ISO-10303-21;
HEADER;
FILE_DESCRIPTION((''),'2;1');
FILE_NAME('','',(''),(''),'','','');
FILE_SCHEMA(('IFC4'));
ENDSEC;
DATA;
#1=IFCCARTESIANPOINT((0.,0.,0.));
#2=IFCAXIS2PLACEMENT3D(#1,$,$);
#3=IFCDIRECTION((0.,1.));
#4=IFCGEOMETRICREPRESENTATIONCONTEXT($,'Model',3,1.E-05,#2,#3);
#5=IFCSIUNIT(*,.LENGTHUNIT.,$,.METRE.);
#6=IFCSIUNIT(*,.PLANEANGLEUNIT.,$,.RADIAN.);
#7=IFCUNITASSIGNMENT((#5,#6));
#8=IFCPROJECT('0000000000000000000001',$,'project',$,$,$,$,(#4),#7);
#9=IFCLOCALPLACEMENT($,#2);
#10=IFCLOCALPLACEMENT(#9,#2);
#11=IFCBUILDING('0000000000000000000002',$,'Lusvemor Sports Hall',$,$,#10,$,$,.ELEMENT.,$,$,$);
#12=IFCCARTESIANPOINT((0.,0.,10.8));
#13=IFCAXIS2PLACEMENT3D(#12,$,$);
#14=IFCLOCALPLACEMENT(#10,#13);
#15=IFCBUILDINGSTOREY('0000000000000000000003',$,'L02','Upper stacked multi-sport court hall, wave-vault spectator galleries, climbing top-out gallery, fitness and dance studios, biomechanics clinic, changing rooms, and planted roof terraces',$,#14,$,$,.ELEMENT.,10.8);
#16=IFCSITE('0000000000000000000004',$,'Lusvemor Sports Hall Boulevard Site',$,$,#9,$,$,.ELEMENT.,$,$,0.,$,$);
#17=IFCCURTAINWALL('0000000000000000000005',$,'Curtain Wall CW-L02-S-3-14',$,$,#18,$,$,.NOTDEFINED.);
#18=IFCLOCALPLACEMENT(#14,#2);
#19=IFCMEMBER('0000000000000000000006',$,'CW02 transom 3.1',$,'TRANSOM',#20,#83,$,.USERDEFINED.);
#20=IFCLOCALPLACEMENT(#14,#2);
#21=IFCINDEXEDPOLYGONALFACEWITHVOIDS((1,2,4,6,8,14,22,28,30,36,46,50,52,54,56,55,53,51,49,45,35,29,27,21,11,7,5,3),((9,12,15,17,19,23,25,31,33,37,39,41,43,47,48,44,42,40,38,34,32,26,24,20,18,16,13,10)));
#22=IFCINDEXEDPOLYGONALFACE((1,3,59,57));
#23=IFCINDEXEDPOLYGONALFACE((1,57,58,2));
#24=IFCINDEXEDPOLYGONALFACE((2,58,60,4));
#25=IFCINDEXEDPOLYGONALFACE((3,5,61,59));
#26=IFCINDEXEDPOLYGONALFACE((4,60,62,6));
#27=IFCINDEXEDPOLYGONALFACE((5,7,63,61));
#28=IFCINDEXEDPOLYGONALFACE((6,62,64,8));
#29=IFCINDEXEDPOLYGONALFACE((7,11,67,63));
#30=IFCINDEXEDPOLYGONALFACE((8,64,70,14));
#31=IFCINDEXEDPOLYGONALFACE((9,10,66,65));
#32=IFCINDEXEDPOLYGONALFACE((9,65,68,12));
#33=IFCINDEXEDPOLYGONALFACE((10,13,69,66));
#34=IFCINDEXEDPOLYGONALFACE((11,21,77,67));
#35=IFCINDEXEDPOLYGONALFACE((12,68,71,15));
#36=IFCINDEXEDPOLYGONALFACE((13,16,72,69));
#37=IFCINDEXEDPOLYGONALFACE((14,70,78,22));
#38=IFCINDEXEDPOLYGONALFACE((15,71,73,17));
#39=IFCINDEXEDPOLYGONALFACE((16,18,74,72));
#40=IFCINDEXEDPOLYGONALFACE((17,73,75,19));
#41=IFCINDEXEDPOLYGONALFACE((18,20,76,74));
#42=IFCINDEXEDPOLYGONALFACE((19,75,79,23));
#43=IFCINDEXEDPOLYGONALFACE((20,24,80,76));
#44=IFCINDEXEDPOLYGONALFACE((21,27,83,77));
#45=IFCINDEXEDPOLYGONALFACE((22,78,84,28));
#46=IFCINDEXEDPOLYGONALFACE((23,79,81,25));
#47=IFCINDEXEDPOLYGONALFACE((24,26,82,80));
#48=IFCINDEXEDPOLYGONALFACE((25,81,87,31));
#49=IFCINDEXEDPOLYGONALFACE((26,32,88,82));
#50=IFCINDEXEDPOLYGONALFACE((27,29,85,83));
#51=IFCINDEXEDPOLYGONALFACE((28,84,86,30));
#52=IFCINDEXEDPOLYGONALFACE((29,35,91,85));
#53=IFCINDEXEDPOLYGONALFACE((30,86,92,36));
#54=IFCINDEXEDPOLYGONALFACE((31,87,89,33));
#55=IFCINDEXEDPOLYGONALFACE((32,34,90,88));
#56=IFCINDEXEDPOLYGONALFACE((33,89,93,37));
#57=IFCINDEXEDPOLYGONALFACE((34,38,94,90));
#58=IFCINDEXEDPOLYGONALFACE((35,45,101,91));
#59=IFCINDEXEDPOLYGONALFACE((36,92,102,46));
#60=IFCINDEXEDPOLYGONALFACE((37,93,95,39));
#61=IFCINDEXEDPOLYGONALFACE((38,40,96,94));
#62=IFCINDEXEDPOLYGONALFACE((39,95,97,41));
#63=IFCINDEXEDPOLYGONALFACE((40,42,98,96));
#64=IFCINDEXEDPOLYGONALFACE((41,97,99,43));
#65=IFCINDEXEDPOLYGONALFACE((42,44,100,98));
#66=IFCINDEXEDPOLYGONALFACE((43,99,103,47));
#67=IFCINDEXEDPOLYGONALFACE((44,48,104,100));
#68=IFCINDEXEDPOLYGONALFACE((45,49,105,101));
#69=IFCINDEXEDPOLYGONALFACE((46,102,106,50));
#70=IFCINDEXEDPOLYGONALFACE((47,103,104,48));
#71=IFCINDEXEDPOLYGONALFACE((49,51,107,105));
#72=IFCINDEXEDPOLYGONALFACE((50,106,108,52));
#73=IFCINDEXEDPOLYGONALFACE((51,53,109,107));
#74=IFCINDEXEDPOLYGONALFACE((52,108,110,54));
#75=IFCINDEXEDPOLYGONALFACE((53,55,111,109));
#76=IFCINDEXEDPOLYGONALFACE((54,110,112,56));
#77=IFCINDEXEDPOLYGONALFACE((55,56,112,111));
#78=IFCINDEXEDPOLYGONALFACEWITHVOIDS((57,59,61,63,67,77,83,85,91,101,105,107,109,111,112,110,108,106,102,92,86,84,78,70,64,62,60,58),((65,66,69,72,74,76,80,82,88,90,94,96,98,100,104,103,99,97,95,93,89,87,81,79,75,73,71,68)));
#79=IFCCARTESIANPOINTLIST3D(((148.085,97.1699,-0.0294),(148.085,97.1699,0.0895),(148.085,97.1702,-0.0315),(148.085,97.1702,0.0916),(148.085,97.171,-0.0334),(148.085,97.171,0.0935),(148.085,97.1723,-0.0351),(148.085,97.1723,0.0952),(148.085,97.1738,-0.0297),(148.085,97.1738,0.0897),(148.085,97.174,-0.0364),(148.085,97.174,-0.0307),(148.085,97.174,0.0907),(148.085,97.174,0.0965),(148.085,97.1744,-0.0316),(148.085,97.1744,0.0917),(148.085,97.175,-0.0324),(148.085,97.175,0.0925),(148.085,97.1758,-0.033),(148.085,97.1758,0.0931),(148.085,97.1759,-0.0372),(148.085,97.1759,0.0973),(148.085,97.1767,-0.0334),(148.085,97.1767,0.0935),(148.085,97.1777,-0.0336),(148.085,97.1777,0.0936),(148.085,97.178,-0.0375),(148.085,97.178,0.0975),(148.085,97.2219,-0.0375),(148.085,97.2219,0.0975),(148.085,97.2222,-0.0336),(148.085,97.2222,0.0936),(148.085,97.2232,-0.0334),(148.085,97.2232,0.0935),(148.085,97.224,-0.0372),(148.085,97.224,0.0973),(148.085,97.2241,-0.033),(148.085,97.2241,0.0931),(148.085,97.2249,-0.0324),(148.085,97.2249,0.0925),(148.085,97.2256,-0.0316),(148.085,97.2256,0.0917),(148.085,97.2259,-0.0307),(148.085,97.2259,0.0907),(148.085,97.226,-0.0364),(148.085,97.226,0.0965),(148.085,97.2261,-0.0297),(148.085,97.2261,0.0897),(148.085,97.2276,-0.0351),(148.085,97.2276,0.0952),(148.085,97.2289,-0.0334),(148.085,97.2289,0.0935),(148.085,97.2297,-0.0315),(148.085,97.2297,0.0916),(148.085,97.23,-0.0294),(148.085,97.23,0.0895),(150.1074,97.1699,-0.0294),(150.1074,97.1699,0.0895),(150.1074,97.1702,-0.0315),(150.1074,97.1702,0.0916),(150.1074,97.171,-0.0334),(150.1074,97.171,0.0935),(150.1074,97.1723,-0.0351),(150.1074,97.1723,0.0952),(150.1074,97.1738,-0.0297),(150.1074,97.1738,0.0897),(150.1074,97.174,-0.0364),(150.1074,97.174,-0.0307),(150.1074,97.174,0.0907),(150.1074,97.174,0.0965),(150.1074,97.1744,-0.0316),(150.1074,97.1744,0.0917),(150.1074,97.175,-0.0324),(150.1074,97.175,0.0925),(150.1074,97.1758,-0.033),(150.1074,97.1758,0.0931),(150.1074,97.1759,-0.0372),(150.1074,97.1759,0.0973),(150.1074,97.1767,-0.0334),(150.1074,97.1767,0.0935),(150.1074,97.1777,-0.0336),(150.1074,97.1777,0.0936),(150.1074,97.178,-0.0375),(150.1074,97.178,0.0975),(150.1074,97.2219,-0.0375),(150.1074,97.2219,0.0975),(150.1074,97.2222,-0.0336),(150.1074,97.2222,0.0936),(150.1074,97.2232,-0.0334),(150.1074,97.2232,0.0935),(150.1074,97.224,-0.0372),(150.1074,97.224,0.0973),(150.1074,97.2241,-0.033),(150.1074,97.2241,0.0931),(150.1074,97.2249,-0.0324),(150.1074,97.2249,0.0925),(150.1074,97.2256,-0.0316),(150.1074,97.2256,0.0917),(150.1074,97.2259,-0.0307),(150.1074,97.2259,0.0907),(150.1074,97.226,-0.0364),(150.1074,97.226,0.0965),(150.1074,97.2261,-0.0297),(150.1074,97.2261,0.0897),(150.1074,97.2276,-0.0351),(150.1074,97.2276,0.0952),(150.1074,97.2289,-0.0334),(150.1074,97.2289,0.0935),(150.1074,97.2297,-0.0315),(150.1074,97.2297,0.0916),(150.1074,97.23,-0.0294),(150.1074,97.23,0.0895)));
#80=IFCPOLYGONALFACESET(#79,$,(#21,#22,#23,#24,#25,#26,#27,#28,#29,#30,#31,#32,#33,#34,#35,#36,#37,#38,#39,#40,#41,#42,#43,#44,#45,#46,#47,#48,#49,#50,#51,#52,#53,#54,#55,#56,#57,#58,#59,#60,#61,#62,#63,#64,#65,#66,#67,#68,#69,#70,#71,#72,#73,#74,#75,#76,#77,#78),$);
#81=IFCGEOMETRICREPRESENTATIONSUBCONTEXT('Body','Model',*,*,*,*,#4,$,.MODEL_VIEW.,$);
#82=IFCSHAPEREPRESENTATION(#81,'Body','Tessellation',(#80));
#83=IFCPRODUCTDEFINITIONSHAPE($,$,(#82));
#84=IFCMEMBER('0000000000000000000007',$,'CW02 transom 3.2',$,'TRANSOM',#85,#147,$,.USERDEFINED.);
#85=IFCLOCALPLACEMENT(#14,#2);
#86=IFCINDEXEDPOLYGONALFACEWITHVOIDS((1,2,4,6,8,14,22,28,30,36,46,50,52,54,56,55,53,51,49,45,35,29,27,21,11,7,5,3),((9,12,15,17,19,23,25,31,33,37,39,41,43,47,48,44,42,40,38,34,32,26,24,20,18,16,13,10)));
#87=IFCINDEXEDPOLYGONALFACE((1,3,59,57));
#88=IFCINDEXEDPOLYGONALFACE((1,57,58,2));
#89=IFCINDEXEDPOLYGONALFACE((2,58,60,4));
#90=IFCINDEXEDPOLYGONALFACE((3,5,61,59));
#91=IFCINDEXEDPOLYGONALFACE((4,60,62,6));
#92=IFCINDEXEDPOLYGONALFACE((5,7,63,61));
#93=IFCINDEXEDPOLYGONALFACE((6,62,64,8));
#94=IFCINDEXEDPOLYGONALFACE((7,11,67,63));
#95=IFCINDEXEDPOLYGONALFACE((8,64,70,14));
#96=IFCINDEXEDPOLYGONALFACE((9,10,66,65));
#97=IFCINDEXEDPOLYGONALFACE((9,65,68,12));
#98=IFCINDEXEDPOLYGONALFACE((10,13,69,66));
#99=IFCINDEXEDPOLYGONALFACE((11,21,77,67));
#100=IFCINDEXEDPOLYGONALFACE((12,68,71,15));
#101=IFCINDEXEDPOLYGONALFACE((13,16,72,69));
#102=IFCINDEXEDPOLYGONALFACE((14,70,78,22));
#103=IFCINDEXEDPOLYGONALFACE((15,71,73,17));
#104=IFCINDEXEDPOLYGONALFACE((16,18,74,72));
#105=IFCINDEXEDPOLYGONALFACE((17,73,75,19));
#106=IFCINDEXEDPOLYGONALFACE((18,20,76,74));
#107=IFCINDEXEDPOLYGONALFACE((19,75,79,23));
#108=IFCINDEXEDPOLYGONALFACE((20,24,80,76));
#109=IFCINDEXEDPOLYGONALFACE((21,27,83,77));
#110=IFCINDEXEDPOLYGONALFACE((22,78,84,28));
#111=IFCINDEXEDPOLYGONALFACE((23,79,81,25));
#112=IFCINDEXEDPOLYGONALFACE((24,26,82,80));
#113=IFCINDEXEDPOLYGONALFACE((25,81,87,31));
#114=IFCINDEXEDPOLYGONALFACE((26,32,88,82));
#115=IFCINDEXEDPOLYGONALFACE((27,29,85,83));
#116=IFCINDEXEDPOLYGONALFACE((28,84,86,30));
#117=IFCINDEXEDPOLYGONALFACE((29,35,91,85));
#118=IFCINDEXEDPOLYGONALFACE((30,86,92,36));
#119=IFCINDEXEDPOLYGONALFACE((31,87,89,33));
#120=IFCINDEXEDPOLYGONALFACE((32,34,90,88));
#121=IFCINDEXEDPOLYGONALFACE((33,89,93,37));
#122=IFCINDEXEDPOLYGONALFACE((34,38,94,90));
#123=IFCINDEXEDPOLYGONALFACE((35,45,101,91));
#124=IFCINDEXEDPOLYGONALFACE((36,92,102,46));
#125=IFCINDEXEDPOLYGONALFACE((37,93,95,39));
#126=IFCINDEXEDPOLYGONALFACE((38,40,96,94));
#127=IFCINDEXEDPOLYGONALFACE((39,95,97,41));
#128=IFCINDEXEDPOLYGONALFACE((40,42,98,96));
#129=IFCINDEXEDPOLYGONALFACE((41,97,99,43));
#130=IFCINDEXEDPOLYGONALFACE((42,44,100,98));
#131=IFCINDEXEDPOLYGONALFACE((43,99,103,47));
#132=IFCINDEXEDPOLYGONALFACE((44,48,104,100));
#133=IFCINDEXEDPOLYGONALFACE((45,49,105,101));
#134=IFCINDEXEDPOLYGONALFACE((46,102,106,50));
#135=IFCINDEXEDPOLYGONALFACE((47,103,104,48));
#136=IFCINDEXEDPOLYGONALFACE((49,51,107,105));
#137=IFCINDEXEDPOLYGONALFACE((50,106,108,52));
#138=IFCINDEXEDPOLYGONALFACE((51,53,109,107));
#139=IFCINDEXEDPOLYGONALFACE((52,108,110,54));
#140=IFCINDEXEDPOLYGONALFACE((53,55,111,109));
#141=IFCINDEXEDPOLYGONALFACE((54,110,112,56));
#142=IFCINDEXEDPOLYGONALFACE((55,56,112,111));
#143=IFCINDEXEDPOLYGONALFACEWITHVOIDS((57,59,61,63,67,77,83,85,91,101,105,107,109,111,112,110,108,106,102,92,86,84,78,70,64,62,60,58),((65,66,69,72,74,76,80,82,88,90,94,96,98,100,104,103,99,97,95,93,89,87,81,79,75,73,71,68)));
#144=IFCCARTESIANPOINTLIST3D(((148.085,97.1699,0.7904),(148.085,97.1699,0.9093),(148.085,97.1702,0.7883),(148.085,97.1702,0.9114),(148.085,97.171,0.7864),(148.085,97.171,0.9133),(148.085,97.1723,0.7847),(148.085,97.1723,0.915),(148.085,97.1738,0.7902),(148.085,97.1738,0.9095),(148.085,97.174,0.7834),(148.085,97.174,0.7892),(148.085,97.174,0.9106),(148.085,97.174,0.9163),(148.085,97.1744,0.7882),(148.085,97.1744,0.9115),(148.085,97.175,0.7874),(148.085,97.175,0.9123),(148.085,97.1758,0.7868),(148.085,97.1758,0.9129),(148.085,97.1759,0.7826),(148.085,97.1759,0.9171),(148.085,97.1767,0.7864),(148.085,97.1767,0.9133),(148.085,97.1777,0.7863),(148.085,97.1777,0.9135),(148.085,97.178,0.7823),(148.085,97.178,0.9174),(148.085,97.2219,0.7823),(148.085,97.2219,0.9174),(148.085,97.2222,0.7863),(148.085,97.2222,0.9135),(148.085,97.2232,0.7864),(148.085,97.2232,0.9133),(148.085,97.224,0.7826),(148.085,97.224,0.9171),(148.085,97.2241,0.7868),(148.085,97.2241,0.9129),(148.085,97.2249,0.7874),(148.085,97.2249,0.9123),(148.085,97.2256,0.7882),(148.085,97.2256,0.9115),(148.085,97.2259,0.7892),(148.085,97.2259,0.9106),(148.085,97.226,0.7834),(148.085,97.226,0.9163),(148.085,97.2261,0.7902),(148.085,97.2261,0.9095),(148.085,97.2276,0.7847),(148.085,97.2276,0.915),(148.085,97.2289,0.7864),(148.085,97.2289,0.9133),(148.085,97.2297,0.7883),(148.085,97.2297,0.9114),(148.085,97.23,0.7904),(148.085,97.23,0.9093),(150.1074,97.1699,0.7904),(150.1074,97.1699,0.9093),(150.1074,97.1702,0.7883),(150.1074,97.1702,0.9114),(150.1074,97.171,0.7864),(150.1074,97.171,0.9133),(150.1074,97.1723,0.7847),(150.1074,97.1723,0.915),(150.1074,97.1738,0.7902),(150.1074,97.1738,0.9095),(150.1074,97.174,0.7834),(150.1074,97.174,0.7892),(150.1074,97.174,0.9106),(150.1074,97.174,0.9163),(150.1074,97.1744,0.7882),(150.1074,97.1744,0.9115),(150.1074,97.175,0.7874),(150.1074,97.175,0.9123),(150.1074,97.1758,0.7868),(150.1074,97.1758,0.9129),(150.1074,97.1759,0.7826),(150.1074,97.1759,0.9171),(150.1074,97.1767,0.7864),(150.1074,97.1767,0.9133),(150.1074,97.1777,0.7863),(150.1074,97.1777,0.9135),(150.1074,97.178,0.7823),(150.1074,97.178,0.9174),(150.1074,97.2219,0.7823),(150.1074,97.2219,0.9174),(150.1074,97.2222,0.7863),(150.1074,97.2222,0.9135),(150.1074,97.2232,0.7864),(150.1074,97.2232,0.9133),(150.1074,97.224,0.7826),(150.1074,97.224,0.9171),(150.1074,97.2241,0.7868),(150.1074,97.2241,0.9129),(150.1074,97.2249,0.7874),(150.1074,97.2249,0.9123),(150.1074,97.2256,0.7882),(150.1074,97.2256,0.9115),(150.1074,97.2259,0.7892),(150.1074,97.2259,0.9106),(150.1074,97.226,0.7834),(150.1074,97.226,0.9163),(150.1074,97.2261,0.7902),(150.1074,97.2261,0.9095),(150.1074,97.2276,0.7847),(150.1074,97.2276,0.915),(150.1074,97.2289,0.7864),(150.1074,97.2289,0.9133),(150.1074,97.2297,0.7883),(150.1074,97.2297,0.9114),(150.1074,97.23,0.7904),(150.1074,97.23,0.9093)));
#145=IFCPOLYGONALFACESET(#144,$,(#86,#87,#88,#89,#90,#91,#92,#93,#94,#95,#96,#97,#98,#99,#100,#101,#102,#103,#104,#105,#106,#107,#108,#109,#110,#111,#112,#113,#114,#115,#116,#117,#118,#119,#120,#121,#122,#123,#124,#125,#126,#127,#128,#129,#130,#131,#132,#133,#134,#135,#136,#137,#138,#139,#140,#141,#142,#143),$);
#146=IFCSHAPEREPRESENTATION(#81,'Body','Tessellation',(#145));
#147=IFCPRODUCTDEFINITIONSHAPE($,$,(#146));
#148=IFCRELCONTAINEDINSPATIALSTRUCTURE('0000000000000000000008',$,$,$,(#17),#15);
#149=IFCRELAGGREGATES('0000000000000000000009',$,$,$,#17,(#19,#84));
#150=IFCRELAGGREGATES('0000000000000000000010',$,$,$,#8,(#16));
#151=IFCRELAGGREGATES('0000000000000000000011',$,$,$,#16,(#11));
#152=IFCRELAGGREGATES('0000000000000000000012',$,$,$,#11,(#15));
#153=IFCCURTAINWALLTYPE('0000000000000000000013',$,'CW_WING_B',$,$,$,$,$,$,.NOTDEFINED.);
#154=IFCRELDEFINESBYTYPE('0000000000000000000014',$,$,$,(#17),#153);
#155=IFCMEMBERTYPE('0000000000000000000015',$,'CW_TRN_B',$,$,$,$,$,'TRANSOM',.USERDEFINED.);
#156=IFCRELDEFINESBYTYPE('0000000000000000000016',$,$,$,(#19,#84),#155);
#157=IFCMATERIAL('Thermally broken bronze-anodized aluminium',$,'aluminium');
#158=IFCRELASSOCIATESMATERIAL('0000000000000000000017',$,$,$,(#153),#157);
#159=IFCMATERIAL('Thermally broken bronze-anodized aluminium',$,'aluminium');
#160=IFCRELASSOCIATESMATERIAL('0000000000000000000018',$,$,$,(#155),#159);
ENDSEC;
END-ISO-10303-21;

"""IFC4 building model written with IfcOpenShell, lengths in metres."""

from ifc_helpers import new_model, si_unit, direction, frame, origin, origin_2d, place, context, subcontext, project, spatial, hollow_rectangle, extrude, material, material_profile, profile_set, type_object, element, aggregate, save


model = new_model("IFC4")

# Units and contexts
model_context = context("Model", 3, precision=1e-05, world=origin(), true_north=direction((0.0, 1.0)))
body_context = subcontext(model_context, "Body", "Model", "MODEL_VIEW")
ifc_project = project(units=[si_unit("LENGTHUNIT", "METRE"), si_unit("PLANEANGLEUNIT", "RADIAN")], contexts=[model_context])

# Site, building, storey
site_placement = place(None, origin())
site = spatial("IfcSite", under=ifc_project, at=site_placement, Name="Lusvemor Sports Hall Boulevard Site", CompositionType="ELEMENT", RefElevation=0.0)
building_placement = place(site_placement, origin())
building = spatial("IfcBuilding", under=site, at=building_placement, Name="Lusvemor Sports Hall", CompositionType="ELEMENT")
storey_placement = place(building_placement, frame((0.0, 0.0, 10.8)))
storey = spatial("IfcBuildingStorey", under=building, at=storey_placement, Name="L02", Description="Upper stacked multi-sport court hall, wave-vault spectator galleries, climbing top-out gallery, fitness and dance studios, biomechanics clinic, changing rooms, and planted roof terraces", CompositionType="ELEMENT", Elevation=10.8)

# Curtain wall, members
ifc_material_1 = material(Name="Thermally broken bronze-anodized aluminium", Category="aluminium")
curtain_wall_type = type_object("IfcCurtainWallType", Name="CW_WING_B", PredefinedType="NOTDEFINED", material=ifc_material_1)
curtain_wall_placement = place(storey_placement, origin())
curtain_wall = element("IfcCurtainWall", 1, at=curtain_wall_placement, inside=storey, type_object=curtain_wall_type, Name="Curtain Wall CW-L02-S-3-14", PredefinedType="NOTDEFINED")
ifc_material_2 = material(Name="Thermally broken bronze-anodized aluminium", Category="aluminium")
ifc_material_profile_1 = material_profile(ifc_material_2, hollow_rectangle(XDim=0.0601, YDim=0.135, WallThickness=0.0039, InnerFilletRadius=0.0039, OuterFilletRadius=0.0081, at=origin_2d()), Name="CWTRN135x60x4")
ifc_profile_set_1 = profile_set([ifc_material_profile_1], Name="Thermally broken bronze-anodized aluminium")
member_type_1 = type_object("IfcMemberType", Name="CW_TRN_B", ElementType="TRANSOM", PredefinedType="USERDEFINED", material=ifc_profile_set_1)
member_1_placement = place(storey_placement, frame((150.1074, 97.2, 0.03), z_axis=(-1.0, 0.0, 0.0), x_axis=(0.0, -1.0, 0.0)))
member_1 = element("IfcMember", 2, at=member_1_placement, type_object=member_type_1, Name="CW02 transom 3.1", ObjectType="TRANSOM", PredefinedType="USERDEFINED", context=body_context, shape_type="SweptSolid", body=[
    extrude(hollow_rectangle(XDim=0.0601, YDim=0.135, WallThickness=0.0039, InnerFilletRadius=0.0039, OuterFilletRadius=0.0081, at=origin_2d()), origin(), (0.0, 0.0, 1.0), 2.0225),
])
member_2_placement = place(storey_placement, frame((150.1074, 97.2, 0.8499), z_axis=(-1.0, 0.0, 0.0), x_axis=(0.0, -1.0, 0.0)))
member_2 = element("IfcMember", 3, at=member_2_placement, type_object=member_type_1, Name="CW02 transom 3.2", ObjectType="TRANSOM", PredefinedType="USERDEFINED", context=body_context, shape_type="SweptSolid", body=[
    extrude(hollow_rectangle(XDim=0.0601, YDim=0.135, WallThickness=0.0039, InnerFilletRadius=0.0039, OuterFilletRadius=0.0081, at=origin_2d()), origin(), (0.0, 0.0, 1.0), 2.0225),
])

aggregate(curtain_wall, [member_1, member_2])

save(model, "model.ifc")
